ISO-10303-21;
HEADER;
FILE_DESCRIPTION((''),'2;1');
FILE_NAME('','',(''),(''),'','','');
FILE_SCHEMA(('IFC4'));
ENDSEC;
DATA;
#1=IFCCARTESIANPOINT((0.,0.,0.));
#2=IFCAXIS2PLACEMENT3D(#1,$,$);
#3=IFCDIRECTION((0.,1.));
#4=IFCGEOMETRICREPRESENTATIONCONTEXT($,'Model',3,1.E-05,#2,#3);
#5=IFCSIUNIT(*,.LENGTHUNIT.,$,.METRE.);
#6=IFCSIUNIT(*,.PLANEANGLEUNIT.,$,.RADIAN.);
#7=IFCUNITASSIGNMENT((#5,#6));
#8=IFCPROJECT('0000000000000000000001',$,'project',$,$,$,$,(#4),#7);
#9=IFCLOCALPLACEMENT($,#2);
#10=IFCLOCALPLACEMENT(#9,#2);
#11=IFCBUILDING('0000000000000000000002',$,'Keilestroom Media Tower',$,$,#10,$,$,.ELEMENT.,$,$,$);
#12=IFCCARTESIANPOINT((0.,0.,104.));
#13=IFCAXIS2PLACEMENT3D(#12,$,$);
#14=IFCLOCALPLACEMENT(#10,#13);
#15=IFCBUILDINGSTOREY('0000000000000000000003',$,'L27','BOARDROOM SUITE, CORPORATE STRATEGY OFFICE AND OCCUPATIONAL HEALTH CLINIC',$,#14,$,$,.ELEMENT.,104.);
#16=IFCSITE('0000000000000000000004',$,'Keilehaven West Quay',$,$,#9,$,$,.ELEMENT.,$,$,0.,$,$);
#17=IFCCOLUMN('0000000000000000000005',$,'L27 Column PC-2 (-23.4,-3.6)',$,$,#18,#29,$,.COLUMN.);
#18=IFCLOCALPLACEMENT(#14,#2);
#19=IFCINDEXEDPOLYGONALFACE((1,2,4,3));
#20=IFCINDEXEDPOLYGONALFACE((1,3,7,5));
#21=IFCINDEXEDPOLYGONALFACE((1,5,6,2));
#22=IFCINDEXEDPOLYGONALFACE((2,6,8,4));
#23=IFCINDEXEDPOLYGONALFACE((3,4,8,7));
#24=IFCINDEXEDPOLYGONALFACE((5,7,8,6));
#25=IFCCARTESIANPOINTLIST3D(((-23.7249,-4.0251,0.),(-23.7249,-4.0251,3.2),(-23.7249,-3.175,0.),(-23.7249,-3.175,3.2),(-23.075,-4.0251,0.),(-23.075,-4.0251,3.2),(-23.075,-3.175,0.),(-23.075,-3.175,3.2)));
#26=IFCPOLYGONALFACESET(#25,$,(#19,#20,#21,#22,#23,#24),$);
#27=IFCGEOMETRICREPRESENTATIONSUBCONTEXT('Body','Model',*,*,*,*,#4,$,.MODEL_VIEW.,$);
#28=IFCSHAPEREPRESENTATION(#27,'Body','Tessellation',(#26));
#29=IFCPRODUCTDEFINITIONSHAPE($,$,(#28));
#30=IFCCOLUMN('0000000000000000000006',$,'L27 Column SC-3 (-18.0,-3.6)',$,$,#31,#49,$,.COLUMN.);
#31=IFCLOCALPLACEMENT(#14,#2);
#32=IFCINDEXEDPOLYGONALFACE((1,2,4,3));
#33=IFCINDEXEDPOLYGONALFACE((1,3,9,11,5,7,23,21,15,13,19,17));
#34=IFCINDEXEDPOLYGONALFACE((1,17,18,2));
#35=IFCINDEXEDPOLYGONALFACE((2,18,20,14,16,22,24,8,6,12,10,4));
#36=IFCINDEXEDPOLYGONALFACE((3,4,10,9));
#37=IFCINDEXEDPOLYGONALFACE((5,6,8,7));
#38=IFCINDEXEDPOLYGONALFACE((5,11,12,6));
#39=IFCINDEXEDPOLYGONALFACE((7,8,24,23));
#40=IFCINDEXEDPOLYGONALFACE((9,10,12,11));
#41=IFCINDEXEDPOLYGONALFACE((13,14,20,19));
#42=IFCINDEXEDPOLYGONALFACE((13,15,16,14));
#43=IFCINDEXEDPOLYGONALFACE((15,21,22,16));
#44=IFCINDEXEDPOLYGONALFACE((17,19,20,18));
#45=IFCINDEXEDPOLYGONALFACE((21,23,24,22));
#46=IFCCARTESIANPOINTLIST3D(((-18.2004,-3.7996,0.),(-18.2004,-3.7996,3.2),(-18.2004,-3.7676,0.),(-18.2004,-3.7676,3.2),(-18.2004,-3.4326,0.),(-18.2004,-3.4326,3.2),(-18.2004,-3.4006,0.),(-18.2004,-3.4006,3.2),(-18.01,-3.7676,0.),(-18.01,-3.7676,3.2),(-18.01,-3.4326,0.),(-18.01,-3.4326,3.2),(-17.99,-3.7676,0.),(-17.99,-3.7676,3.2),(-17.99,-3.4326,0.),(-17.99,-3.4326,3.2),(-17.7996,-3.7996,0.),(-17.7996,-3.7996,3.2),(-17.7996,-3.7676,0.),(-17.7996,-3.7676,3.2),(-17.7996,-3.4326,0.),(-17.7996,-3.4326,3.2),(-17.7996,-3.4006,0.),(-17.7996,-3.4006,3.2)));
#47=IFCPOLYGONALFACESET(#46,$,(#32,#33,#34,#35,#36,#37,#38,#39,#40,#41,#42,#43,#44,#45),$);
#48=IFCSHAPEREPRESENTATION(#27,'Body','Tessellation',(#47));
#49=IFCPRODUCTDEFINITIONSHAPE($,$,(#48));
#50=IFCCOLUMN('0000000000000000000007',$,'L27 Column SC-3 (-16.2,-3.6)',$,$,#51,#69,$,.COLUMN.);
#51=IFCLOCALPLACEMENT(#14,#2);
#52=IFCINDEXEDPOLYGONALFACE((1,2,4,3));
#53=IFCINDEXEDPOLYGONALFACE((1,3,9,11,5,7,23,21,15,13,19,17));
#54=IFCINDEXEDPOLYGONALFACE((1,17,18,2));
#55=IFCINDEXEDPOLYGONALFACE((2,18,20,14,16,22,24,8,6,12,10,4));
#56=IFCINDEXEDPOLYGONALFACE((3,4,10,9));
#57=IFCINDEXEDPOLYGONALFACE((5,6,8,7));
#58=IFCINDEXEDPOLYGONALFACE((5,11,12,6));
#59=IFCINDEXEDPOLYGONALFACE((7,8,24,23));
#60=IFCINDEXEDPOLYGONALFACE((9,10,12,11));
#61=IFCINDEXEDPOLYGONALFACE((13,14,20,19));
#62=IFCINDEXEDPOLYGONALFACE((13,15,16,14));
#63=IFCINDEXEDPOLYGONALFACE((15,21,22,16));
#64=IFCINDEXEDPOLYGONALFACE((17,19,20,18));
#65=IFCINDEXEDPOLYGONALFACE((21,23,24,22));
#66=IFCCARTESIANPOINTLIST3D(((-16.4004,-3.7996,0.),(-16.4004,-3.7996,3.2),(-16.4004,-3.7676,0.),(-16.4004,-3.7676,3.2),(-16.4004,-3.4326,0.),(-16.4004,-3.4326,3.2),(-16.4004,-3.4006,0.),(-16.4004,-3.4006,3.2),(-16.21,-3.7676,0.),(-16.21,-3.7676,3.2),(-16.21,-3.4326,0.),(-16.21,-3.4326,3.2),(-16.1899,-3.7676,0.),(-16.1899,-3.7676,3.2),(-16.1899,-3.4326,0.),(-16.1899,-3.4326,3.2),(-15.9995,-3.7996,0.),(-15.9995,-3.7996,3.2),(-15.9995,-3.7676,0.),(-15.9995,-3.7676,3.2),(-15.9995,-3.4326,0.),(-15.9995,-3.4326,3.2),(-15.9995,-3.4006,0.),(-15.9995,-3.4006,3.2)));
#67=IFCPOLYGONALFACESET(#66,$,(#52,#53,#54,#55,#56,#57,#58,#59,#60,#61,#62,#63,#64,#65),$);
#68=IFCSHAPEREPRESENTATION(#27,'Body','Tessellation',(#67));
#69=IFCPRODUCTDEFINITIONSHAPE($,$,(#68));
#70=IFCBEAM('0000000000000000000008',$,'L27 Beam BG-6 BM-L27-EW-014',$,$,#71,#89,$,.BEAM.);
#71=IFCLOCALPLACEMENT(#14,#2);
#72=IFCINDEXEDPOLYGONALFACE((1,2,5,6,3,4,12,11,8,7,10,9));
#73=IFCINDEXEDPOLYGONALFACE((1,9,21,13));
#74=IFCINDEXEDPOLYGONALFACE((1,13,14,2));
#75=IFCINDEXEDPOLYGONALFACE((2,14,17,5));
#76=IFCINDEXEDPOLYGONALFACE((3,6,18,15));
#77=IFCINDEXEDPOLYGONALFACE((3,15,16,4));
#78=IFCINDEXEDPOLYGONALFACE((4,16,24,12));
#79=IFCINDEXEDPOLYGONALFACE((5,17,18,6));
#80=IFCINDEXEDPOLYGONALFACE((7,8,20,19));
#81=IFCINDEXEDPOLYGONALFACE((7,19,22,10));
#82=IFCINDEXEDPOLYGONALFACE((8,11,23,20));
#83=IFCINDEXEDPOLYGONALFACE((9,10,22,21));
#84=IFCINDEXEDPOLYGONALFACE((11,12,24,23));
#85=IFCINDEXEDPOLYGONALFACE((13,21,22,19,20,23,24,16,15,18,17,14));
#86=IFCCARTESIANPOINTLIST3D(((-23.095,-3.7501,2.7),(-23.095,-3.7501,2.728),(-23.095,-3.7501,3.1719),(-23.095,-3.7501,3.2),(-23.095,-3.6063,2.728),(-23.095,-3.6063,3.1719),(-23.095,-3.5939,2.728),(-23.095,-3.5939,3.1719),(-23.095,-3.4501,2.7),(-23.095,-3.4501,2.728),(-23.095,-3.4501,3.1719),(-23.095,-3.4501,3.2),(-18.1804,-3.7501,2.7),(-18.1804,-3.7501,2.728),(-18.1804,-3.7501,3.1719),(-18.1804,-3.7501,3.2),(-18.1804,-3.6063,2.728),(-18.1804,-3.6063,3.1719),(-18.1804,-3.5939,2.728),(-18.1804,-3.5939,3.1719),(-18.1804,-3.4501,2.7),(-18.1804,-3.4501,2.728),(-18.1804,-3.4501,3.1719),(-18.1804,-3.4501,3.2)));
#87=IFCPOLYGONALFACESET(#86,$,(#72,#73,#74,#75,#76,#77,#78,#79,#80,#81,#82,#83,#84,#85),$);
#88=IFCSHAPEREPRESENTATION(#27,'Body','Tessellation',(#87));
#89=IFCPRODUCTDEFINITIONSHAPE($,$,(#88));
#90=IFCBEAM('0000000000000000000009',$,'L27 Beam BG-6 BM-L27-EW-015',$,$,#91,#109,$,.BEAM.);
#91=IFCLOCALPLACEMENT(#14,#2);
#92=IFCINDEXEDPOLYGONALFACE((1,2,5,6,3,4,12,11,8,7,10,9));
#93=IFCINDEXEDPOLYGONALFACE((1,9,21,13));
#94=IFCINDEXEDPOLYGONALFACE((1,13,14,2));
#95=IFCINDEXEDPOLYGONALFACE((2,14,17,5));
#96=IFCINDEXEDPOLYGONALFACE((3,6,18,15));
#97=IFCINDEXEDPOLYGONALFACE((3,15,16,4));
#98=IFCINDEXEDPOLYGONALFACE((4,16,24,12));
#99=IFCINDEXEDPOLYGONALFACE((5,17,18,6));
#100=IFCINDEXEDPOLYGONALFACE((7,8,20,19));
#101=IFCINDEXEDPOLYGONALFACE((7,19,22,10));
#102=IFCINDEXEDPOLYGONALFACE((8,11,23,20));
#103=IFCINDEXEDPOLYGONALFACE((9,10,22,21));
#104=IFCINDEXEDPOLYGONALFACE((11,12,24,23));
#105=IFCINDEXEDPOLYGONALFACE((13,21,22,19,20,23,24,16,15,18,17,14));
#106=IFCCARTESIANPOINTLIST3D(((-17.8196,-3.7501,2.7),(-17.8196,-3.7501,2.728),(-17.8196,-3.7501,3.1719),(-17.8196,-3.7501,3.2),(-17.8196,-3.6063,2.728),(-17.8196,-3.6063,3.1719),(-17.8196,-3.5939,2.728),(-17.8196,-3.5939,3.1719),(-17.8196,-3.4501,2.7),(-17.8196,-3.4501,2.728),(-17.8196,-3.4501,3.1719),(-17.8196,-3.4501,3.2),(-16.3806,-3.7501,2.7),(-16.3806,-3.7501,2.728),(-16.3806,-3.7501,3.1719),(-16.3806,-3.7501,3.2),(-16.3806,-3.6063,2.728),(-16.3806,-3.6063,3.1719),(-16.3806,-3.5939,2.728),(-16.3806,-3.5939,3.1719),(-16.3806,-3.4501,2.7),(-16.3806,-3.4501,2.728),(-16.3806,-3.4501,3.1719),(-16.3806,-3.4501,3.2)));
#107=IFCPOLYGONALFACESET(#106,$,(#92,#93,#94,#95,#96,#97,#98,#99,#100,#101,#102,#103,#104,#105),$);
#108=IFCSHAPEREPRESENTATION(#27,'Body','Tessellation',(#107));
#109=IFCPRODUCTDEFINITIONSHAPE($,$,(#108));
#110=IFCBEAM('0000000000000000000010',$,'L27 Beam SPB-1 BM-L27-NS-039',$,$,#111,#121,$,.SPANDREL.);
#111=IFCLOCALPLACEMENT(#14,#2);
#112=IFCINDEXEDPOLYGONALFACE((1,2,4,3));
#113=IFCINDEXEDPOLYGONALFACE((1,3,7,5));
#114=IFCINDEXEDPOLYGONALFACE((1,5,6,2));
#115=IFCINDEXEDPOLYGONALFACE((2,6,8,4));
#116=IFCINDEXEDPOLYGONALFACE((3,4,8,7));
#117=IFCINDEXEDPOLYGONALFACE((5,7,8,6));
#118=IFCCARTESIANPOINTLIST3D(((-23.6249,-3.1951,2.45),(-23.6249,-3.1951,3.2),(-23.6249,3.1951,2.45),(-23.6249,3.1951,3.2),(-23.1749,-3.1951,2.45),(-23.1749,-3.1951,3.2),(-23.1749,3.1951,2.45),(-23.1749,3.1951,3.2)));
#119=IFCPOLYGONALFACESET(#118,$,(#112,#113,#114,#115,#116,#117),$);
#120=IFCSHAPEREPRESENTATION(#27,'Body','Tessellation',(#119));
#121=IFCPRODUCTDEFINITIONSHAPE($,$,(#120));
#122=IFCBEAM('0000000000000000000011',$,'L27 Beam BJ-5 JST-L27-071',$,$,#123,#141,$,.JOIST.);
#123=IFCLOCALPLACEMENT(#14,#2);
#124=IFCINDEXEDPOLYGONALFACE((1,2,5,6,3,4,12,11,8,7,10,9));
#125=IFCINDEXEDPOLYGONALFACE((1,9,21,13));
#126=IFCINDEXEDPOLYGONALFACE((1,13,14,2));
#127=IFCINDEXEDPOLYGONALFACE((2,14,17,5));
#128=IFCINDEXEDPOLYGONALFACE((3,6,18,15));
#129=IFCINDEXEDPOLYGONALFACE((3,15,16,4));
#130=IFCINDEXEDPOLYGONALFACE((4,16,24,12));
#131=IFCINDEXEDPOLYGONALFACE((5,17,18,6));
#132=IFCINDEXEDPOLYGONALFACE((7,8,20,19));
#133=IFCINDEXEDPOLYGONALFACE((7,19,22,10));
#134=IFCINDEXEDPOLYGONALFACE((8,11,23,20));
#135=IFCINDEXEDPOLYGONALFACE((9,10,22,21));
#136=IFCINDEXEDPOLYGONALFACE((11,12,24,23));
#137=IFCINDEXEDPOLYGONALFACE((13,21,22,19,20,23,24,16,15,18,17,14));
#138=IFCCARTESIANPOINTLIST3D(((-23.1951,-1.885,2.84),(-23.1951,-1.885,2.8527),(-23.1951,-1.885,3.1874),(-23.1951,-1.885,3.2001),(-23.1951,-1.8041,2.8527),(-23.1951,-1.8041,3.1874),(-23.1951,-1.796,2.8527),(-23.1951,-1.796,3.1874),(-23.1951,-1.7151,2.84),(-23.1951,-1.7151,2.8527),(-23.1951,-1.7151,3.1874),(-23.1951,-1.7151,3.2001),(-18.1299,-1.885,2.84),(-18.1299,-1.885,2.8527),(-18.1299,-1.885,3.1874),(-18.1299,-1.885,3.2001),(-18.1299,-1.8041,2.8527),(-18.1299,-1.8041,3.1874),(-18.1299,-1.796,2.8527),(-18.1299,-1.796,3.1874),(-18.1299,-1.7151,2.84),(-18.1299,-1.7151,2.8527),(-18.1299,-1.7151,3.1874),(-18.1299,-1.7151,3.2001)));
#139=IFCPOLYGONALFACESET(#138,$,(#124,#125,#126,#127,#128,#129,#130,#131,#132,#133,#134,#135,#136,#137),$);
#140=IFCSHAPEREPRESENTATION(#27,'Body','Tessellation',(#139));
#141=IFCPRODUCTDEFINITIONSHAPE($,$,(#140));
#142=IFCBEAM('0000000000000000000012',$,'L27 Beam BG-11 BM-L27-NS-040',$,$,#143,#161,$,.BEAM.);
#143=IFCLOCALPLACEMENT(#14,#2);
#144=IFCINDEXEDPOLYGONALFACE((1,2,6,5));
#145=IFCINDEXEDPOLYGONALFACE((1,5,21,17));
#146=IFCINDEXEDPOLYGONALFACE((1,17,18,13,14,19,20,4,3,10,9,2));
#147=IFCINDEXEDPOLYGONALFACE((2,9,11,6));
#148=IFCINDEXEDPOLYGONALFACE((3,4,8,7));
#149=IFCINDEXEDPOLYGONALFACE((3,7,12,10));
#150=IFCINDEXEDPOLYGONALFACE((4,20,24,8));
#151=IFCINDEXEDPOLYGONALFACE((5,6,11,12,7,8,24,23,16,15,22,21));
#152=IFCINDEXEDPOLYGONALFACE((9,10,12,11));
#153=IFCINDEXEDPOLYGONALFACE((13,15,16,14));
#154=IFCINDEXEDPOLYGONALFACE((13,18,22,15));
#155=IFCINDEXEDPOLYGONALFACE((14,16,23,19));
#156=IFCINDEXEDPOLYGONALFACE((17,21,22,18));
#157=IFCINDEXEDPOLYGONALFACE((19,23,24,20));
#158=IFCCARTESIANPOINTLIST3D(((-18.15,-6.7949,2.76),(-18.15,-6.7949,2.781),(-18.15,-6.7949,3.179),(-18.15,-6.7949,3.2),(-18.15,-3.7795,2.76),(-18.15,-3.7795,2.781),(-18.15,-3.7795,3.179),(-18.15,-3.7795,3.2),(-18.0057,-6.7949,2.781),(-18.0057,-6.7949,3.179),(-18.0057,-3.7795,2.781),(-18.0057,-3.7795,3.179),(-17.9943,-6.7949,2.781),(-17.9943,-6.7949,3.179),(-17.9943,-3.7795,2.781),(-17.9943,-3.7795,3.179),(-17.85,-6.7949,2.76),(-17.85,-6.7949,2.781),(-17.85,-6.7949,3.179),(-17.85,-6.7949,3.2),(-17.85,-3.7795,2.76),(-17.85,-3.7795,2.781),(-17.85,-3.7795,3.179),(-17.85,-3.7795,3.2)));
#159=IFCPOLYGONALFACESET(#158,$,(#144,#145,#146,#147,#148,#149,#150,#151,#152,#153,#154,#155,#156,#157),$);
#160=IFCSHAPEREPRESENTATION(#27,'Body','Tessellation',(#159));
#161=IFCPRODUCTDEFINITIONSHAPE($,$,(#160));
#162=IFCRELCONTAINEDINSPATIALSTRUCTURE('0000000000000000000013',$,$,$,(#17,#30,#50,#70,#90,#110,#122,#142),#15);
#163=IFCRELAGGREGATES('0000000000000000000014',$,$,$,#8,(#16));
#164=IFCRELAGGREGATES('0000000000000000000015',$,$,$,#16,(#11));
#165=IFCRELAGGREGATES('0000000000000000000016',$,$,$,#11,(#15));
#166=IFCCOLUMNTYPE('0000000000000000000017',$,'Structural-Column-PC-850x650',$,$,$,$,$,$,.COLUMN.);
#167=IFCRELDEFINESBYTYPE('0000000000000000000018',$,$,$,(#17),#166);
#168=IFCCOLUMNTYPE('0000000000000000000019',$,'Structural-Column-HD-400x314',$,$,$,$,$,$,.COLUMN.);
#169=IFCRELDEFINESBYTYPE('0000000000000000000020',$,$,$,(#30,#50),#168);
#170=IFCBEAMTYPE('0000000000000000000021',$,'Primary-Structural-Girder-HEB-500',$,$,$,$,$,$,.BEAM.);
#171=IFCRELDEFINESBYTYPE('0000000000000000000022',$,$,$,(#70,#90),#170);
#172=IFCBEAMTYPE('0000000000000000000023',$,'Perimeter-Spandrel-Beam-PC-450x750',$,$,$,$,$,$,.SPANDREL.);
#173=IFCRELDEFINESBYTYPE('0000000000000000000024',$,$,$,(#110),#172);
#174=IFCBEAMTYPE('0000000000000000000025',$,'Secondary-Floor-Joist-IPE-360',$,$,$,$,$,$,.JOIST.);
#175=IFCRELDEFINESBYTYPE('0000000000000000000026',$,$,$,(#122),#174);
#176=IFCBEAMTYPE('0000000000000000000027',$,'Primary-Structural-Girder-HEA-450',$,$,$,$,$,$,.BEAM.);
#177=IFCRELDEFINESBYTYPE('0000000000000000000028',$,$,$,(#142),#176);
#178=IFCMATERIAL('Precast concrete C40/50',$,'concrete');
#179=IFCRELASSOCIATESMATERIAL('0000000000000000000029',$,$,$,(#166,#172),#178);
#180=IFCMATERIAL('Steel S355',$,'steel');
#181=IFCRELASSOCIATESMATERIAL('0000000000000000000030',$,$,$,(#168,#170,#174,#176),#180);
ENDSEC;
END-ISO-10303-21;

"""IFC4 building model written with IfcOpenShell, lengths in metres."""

from ifc_helpers import new_model, si_unit, direction, frame, origin, origin_2d, place, context, subcontext, project, spatial, rectangle, i_section, extrude, source, transform, mapped, material, material_profile, profile_set, type_object, element, save


model = new_model("IFC4")

# Units and contexts
model_context = context("Model", 3, precision=1e-05, world=origin(), true_north=direction((0.0, 1.0)))
body_context = subcontext(model_context, "Body", "Model", "MODEL_VIEW")
ifc_project = project(units=[si_unit("LENGTHUNIT", "METRE"), si_unit("PLANEANGLEUNIT", "RADIAN")], contexts=[model_context])

# Site, building, storey
site_placement = place(None, origin())
site = spatial("IfcSite", under=ifc_project, at=site_placement, Name="Keilehaven West Quay", CompositionType="ELEMENT", RefElevation=0.0)
building_placement = place(site_placement, origin())
building = spatial("IfcBuilding", under=site, at=building_placement, Name="Keilestroom Media Tower", CompositionType="ELEMENT")
storey_placement = place(building_placement, frame((0.0, 0.0, 104.0)))
storey = spatial("IfcBuildingStorey", under=building, at=storey_placement, Name="L27", Description="BOARDROOM SUITE, CORPORATE STRATEGY OFFICE AND OCCUPATIONAL HEALTH CLINIC", CompositionType="ELEMENT", Elevation=104.0)

# Columns
ifc_material_1 = material(Name="Precast concrete C40/50", Category="concrete")
ifc_material_profile_1 = material_profile(ifc_material_1, rectangle(XDim=0.6499, YDim=0.8501, at=origin_2d()), Name="PC 850x650")
ifc_profile_set_1 = profile_set([ifc_material_profile_1], Name="Precast concrete C40/50")
column_type_1 = type_object("IfcColumnType", Name="Structural-Column-PC-850x650", PredefinedType="COLUMN", material=ifc_profile_set_1)
shared_shape_1 = source(origin(), body_context, "Body", "SweptSolid", [
    extrude(rectangle(XDim=0.6499, YDim=0.8501, at=origin_2d()), origin(), (0.0, 0.0, 1.0), 3.2),
])
column_placement = place(storey_placement, frame((-23.3999, -3.6001, 0.0), z_axis=(0.0, 0.0, 1.0), x_axis=(1.0, 0.0, 0.0)))
element("IfcColumn", 1, at=column_placement, inside=storey, type_object=column_type_1, Name="L27 Column PC-2 (-23.4,-3.6)", PredefinedType="COLUMN", context=body_context, shape_type="MappedRepresentation", body=[
    mapped(shared_shape_1, transform((0.0, 0.0, 0.0), x_axis=(1.0, 0.0, 0.0), y_axis=(0.0, 1.0, 0.0), z_axis=(0.0, 0.0, 1.0), scale=1.0)),
])
ifc_material_2 = material(Name="Steel S355", Category="steel")
ifc_material_profile_2 = material_profile(ifc_material_2, i_section(OverallWidth=0.4009, OverallDepth=0.3989, WebThickness=0.02, FlangeThickness=0.032, at=origin_2d()), Name="HD 400x314")
ifc_profile_set_2 = profile_set([ifc_material_profile_2], Name="Steel S355")
column_type_2 = type_object("IfcColumnType", Name="Structural-Column-HD-400x314", PredefinedType="COLUMN", material=ifc_profile_set_2)
shared_shape_2 = source(origin(), body_context, "Body", "SweptSolid", [
    extrude(i_section(OverallWidth=0.4009, OverallDepth=0.3989, WebThickness=0.02, FlangeThickness=0.032, at=origin_2d()), origin(), (0.0, 0.0, 1.0), 3.2),
])
for number, where, z_axis, x_axis, name in (
    (2, (-18.0, -3.6001, 0.0), (0.0, 0.0, 1.0), (1.0, 0.0, 0.0), "L27 Column SC-3 (-18.0,-3.6)"),
    (3, (-16.2, -3.6001, 0.0), (0.0, 0.0, 1.0), (1.0, 0.0, 0.0), "L27 Column SC-3 (-16.2,-3.6)"),
):
    element("IfcColumn", number, at=place(storey_placement, frame(where, z_axis=z_axis, x_axis=x_axis)), inside=storey, type_object=column_type_2, Name=name, PredefinedType="COLUMN", context=body_context, shape_type="MappedRepresentation", body=[
        mapped(shared_shape_2, transform((0.0, 0.0, 0.0), x_axis=(1.0, 0.0, 0.0), y_axis=(0.0, 1.0, 0.0), z_axis=(0.0, 0.0, 1.0), scale=1.0)),
    ])

# Beams
ifc_material_profile_3 = material_profile(ifc_material_2, i_section(OverallWidth=0.3, OverallDepth=0.5, WebThickness=0.0125, FlangeThickness=0.0281, at=origin_2d()), Name="HEB 500")
ifc_profile_set_3 = profile_set([ifc_material_profile_3], Name="Steel S355")
beam_type_1 = type_object("IfcBeamType", Name="Primary-Structural-Girder-HEB-500", PredefinedType="BEAM", material=ifc_profile_set_3)
shared_shape_3 = source(origin(), body_context, "Body", "SweptSolid", [
    extrude(i_section(OverallWidth=0.3, OverallDepth=0.5, WebThickness=0.0125, FlangeThickness=0.0281, at=origin_2d()), origin(), (0.0, 0.0, 1.0), 4.9146),
])
beam_1_placement = place(storey_placement, frame((-23.095, -3.6001, 2.95), z_axis=(1.0, 0.0, 0.0), x_axis=(0.0, 1.0, 0.0)))
element("IfcBeam", 4, at=beam_1_placement, inside=storey, type_object=beam_type_1, Name="L27 Beam BG-6 BM-L27-EW-014", PredefinedType="BEAM", context=body_context, shape_type="MappedRepresentation", body=[
    mapped(shared_shape_3, transform((0.0, 0.0, 0.0), x_axis=(1.0, 0.0, 0.0), y_axis=(0.0, 1.0, 0.0), z_axis=(0.0, 0.0, 1.0), scale=1.0)),
])
shared_shape_4 = source(origin(), body_context, "Body", "SweptSolid", [
    extrude(i_section(OverallWidth=0.3, OverallDepth=0.5, WebThickness=0.0125, FlangeThickness=0.0281, at=origin_2d()), origin(), (0.0, 0.0, 1.0), 1.439),
])
beam_2_placement = place(storey_placement, frame((-17.8196, -3.6001, 2.95), z_axis=(1.0, 0.0, 0.0), x_axis=(0.0, 1.0, 0.0)))
element("IfcBeam", 5, at=beam_2_placement, inside=storey, type_object=beam_type_1, Name="L27 Beam BG-6 BM-L27-EW-015", PredefinedType="BEAM", context=body_context, shape_type="MappedRepresentation", body=[
    mapped(shared_shape_4, transform((0.0, 0.0, 0.0), x_axis=(1.0, 0.0, 0.0), y_axis=(0.0, 1.0, 0.0), z_axis=(0.0, 0.0, 1.0), scale=1.0)),
])
ifc_material_profile_4 = material_profile(ifc_material_1, rectangle(XDim=0.45, YDim=0.75, at=origin_2d()), Name="PC 450x750")
ifc_profile_set_4 = profile_set([ifc_material_profile_4], Name="Precast concrete C40/50")
beam_type_2 = type_object("IfcBeamType", Name="Perimeter-Spandrel-Beam-PC-450x750", PredefinedType="SPANDREL", material=ifc_profile_set_4)
shared_shape_5 = source(origin(), body_context, "Body", "SweptSolid", [
    extrude(rectangle(XDim=0.45, YDim=0.75, at=origin_2d()), origin(), (0.0, 0.0, 1.0), 6.3901),
])
beam_3_placement = place(storey_placement, frame((-23.3999, -3.1951, 2.825), z_axis=(0.0, 1.0, 0.0), x_axis=(-1.0, 0.0, 0.0)))
element("IfcBeam", 6, at=beam_3_placement, inside=storey, type_object=beam_type_2, Name="L27 Beam SPB-1 BM-L27-NS-039", PredefinedType="SPANDREL", context=body_context, shape_type="MappedRepresentation", body=[
    mapped(shared_shape_5, transform((0.0, 0.0, 0.0), x_axis=(1.0, 0.0, 0.0), y_axis=(0.0, 1.0, 0.0), z_axis=(0.0, 0.0, 1.0), scale=1.0)),
])
ifc_material_profile_5 = material_profile(ifc_material_2, i_section(OverallWidth=0.1699, OverallDepth=0.3601, WebThickness=0.0081, FlangeThickness=0.0127, at=origin_2d()), Name="IPE 360")
ifc_profile_set_5 = profile_set([ifc_material_profile_5], Name="Steel S355")
beam_type_3 = type_object("IfcBeamType", Name="Secondary-Floor-Joist-IPE-360", PredefinedType="JOIST", material=ifc_profile_set_5)
shared_shape_6 = source(origin(), body_context, "Body", "SweptSolid", [
    extrude(i_section(OverallWidth=0.1699, OverallDepth=0.3601, WebThickness=0.0081, FlangeThickness=0.0127, at=origin_2d()), origin(), (0.0, 0.0, 1.0), 5.0652),
])
beam_4_placement = place(storey_placement, frame((-23.1951, -1.8, 3.02), z_axis=(1.0, 0.0, 0.0), x_axis=(0.0, 1.0, 0.0)))
element("IfcBeam", 7, at=beam_4_placement, inside=storey, type_object=beam_type_3, Name="L27 Beam BJ-5 JST-L27-071", PredefinedType="JOIST", context=body_context, shape_type="MappedRepresentation", body=[
    mapped(shared_shape_6, transform((0.0, 0.0, 0.0), x_axis=(1.0, 0.0, 0.0), y_axis=(0.0, 1.0, 0.0), z_axis=(0.0, 0.0, 1.0), scale=1.0)),
])
ifc_material_profile_6 = material_profile(ifc_material_2, i_section(OverallWidth=0.3, OverallDepth=0.4399, WebThickness=0.0115, FlangeThickness=0.021, at=origin_2d()), Name="HEA 450")
ifc_profile_set_6 = profile_set([ifc_material_profile_6], Name="Steel S355")
beam_type_4 = type_object("IfcBeamType", Name="Primary-Structural-Girder-HEA-450", PredefinedType="BEAM", material=ifc_profile_set_6)
shared_shape_7 = source(origin(), body_context, "Body", "SweptSolid", [
    extrude(i_section(OverallWidth=0.3, OverallDepth=0.4399, WebThickness=0.0115, FlangeThickness=0.021, at=origin_2d()), origin(), (0.0, 0.0, 1.0), 3.0154),
])
beam_5_placement = place(storey_placement, frame((-18.0, -6.7949, 2.98), z_axis=(0.0, 1.0, 0.0), x_axis=(-1.0, 0.0, 0.0)))
element("IfcBeam", 8, at=beam_5_placement, inside=storey, type_object=beam_type_4, Name="L27 Beam BG-11 BM-L27-NS-040", PredefinedType="BEAM", context=body_context, shape_type="MappedRepresentation", body=[
    mapped(shared_shape_7, transform((0.0, 0.0, 0.0), x_axis=(1.0, 0.0, 0.0), y_axis=(0.0, 1.0, 0.0), z_axis=(0.0, 0.0, 1.0), scale=1.0)),
])

save(model, "model.ifc")
